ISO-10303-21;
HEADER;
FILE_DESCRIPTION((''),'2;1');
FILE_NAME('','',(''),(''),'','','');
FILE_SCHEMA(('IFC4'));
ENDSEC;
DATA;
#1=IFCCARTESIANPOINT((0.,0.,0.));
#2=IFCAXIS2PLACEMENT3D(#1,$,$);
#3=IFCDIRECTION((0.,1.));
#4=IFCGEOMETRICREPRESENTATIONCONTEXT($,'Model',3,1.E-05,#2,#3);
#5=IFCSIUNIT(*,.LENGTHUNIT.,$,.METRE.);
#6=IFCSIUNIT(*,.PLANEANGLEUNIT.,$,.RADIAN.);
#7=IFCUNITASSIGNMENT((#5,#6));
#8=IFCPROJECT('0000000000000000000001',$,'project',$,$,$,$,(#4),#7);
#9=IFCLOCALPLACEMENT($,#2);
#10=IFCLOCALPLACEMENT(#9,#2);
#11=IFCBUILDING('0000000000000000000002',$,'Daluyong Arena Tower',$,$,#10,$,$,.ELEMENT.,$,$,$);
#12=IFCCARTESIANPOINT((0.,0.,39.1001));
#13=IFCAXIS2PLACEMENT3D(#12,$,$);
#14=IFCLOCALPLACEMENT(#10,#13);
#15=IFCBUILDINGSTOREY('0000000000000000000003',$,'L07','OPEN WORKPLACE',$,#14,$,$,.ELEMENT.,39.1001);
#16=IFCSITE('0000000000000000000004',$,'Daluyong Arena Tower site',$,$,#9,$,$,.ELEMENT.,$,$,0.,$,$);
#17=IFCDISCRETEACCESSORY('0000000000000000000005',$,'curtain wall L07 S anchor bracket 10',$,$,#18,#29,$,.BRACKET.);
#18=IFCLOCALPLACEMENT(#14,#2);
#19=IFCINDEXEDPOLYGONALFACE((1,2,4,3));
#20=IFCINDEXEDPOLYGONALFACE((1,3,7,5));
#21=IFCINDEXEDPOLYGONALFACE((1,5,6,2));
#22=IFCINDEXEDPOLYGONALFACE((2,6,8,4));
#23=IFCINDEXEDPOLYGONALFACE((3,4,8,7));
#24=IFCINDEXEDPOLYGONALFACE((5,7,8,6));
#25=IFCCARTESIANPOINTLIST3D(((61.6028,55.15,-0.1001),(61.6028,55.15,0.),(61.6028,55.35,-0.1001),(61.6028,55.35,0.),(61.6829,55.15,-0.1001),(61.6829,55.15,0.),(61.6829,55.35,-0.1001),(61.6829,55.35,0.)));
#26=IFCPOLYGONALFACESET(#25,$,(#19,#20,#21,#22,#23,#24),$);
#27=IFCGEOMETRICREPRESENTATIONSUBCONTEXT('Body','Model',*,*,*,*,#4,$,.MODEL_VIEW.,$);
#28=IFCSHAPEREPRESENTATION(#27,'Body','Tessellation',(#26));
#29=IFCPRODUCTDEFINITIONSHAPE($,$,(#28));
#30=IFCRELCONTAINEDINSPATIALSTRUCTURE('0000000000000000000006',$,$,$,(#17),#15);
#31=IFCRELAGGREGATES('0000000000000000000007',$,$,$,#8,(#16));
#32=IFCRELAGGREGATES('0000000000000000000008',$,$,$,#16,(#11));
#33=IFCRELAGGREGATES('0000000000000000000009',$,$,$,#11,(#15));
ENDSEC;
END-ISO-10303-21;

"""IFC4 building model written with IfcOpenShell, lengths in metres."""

from ifc_helpers import new_model, si_unit, direction, frame, origin, origin_2d, place, context, subcontext, project, spatial, rectangle, extrude, element, save


model = new_model("IFC4")

# Units and contexts
model_context = context("Model", 3, precision=1e-05, world=origin(), true_north=direction((0.0, 1.0)))
body_context = subcontext(model_context, "Body", "Model", "MODEL_VIEW")
ifc_project = project(units=[si_unit("LENGTHUNIT", "METRE"), si_unit("PLANEANGLEUNIT", "RADIAN")], contexts=[model_context])

# Site, building, storey
site_placement = place(None, origin())
site = spatial("IfcSite", under=ifc_project, at=site_placement, Name="Daluyong Arena Tower site", CompositionType="ELEMENT", RefElevation=0.0)
building_placement = place(site_placement, origin())
building = spatial("IfcBuilding", under=site, at=building_placement, Name="Daluyong Arena Tower", CompositionType="ELEMENT")
storey_placement = place(building_placement, frame((0.0, 0.0, 39.1001)))
storey = spatial("IfcBuildingStorey", under=building, at=storey_placement, Name="L07", Description="OPEN WORKPLACE", CompositionType="ELEMENT", Elevation=39.1001)

# Discrete accessory
for number, where, z_axis, x_axis, name in (
    (1, (61.6428, 55.25, -0.1001), (0.0, 0.0, 1.0), (1.0, 0.0, 0.0), "curtain wall L07 S anchor bracket 10"),
):
    element("IfcDiscreteAccessory", number, at=place(storey_placement, frame(where, z_axis=z_axis, x_axis=x_axis)), inside=storey, Name=name, PredefinedType="BRACKET", context=body_context, shape_type="SweptSolid", body=[
        extrude(rectangle(XDim=0.0801, YDim=0.2, at=origin_2d()), origin(), (0.0, 0.0, 1.0), 0.1001),
    ])

save(model, "model.ifc")
